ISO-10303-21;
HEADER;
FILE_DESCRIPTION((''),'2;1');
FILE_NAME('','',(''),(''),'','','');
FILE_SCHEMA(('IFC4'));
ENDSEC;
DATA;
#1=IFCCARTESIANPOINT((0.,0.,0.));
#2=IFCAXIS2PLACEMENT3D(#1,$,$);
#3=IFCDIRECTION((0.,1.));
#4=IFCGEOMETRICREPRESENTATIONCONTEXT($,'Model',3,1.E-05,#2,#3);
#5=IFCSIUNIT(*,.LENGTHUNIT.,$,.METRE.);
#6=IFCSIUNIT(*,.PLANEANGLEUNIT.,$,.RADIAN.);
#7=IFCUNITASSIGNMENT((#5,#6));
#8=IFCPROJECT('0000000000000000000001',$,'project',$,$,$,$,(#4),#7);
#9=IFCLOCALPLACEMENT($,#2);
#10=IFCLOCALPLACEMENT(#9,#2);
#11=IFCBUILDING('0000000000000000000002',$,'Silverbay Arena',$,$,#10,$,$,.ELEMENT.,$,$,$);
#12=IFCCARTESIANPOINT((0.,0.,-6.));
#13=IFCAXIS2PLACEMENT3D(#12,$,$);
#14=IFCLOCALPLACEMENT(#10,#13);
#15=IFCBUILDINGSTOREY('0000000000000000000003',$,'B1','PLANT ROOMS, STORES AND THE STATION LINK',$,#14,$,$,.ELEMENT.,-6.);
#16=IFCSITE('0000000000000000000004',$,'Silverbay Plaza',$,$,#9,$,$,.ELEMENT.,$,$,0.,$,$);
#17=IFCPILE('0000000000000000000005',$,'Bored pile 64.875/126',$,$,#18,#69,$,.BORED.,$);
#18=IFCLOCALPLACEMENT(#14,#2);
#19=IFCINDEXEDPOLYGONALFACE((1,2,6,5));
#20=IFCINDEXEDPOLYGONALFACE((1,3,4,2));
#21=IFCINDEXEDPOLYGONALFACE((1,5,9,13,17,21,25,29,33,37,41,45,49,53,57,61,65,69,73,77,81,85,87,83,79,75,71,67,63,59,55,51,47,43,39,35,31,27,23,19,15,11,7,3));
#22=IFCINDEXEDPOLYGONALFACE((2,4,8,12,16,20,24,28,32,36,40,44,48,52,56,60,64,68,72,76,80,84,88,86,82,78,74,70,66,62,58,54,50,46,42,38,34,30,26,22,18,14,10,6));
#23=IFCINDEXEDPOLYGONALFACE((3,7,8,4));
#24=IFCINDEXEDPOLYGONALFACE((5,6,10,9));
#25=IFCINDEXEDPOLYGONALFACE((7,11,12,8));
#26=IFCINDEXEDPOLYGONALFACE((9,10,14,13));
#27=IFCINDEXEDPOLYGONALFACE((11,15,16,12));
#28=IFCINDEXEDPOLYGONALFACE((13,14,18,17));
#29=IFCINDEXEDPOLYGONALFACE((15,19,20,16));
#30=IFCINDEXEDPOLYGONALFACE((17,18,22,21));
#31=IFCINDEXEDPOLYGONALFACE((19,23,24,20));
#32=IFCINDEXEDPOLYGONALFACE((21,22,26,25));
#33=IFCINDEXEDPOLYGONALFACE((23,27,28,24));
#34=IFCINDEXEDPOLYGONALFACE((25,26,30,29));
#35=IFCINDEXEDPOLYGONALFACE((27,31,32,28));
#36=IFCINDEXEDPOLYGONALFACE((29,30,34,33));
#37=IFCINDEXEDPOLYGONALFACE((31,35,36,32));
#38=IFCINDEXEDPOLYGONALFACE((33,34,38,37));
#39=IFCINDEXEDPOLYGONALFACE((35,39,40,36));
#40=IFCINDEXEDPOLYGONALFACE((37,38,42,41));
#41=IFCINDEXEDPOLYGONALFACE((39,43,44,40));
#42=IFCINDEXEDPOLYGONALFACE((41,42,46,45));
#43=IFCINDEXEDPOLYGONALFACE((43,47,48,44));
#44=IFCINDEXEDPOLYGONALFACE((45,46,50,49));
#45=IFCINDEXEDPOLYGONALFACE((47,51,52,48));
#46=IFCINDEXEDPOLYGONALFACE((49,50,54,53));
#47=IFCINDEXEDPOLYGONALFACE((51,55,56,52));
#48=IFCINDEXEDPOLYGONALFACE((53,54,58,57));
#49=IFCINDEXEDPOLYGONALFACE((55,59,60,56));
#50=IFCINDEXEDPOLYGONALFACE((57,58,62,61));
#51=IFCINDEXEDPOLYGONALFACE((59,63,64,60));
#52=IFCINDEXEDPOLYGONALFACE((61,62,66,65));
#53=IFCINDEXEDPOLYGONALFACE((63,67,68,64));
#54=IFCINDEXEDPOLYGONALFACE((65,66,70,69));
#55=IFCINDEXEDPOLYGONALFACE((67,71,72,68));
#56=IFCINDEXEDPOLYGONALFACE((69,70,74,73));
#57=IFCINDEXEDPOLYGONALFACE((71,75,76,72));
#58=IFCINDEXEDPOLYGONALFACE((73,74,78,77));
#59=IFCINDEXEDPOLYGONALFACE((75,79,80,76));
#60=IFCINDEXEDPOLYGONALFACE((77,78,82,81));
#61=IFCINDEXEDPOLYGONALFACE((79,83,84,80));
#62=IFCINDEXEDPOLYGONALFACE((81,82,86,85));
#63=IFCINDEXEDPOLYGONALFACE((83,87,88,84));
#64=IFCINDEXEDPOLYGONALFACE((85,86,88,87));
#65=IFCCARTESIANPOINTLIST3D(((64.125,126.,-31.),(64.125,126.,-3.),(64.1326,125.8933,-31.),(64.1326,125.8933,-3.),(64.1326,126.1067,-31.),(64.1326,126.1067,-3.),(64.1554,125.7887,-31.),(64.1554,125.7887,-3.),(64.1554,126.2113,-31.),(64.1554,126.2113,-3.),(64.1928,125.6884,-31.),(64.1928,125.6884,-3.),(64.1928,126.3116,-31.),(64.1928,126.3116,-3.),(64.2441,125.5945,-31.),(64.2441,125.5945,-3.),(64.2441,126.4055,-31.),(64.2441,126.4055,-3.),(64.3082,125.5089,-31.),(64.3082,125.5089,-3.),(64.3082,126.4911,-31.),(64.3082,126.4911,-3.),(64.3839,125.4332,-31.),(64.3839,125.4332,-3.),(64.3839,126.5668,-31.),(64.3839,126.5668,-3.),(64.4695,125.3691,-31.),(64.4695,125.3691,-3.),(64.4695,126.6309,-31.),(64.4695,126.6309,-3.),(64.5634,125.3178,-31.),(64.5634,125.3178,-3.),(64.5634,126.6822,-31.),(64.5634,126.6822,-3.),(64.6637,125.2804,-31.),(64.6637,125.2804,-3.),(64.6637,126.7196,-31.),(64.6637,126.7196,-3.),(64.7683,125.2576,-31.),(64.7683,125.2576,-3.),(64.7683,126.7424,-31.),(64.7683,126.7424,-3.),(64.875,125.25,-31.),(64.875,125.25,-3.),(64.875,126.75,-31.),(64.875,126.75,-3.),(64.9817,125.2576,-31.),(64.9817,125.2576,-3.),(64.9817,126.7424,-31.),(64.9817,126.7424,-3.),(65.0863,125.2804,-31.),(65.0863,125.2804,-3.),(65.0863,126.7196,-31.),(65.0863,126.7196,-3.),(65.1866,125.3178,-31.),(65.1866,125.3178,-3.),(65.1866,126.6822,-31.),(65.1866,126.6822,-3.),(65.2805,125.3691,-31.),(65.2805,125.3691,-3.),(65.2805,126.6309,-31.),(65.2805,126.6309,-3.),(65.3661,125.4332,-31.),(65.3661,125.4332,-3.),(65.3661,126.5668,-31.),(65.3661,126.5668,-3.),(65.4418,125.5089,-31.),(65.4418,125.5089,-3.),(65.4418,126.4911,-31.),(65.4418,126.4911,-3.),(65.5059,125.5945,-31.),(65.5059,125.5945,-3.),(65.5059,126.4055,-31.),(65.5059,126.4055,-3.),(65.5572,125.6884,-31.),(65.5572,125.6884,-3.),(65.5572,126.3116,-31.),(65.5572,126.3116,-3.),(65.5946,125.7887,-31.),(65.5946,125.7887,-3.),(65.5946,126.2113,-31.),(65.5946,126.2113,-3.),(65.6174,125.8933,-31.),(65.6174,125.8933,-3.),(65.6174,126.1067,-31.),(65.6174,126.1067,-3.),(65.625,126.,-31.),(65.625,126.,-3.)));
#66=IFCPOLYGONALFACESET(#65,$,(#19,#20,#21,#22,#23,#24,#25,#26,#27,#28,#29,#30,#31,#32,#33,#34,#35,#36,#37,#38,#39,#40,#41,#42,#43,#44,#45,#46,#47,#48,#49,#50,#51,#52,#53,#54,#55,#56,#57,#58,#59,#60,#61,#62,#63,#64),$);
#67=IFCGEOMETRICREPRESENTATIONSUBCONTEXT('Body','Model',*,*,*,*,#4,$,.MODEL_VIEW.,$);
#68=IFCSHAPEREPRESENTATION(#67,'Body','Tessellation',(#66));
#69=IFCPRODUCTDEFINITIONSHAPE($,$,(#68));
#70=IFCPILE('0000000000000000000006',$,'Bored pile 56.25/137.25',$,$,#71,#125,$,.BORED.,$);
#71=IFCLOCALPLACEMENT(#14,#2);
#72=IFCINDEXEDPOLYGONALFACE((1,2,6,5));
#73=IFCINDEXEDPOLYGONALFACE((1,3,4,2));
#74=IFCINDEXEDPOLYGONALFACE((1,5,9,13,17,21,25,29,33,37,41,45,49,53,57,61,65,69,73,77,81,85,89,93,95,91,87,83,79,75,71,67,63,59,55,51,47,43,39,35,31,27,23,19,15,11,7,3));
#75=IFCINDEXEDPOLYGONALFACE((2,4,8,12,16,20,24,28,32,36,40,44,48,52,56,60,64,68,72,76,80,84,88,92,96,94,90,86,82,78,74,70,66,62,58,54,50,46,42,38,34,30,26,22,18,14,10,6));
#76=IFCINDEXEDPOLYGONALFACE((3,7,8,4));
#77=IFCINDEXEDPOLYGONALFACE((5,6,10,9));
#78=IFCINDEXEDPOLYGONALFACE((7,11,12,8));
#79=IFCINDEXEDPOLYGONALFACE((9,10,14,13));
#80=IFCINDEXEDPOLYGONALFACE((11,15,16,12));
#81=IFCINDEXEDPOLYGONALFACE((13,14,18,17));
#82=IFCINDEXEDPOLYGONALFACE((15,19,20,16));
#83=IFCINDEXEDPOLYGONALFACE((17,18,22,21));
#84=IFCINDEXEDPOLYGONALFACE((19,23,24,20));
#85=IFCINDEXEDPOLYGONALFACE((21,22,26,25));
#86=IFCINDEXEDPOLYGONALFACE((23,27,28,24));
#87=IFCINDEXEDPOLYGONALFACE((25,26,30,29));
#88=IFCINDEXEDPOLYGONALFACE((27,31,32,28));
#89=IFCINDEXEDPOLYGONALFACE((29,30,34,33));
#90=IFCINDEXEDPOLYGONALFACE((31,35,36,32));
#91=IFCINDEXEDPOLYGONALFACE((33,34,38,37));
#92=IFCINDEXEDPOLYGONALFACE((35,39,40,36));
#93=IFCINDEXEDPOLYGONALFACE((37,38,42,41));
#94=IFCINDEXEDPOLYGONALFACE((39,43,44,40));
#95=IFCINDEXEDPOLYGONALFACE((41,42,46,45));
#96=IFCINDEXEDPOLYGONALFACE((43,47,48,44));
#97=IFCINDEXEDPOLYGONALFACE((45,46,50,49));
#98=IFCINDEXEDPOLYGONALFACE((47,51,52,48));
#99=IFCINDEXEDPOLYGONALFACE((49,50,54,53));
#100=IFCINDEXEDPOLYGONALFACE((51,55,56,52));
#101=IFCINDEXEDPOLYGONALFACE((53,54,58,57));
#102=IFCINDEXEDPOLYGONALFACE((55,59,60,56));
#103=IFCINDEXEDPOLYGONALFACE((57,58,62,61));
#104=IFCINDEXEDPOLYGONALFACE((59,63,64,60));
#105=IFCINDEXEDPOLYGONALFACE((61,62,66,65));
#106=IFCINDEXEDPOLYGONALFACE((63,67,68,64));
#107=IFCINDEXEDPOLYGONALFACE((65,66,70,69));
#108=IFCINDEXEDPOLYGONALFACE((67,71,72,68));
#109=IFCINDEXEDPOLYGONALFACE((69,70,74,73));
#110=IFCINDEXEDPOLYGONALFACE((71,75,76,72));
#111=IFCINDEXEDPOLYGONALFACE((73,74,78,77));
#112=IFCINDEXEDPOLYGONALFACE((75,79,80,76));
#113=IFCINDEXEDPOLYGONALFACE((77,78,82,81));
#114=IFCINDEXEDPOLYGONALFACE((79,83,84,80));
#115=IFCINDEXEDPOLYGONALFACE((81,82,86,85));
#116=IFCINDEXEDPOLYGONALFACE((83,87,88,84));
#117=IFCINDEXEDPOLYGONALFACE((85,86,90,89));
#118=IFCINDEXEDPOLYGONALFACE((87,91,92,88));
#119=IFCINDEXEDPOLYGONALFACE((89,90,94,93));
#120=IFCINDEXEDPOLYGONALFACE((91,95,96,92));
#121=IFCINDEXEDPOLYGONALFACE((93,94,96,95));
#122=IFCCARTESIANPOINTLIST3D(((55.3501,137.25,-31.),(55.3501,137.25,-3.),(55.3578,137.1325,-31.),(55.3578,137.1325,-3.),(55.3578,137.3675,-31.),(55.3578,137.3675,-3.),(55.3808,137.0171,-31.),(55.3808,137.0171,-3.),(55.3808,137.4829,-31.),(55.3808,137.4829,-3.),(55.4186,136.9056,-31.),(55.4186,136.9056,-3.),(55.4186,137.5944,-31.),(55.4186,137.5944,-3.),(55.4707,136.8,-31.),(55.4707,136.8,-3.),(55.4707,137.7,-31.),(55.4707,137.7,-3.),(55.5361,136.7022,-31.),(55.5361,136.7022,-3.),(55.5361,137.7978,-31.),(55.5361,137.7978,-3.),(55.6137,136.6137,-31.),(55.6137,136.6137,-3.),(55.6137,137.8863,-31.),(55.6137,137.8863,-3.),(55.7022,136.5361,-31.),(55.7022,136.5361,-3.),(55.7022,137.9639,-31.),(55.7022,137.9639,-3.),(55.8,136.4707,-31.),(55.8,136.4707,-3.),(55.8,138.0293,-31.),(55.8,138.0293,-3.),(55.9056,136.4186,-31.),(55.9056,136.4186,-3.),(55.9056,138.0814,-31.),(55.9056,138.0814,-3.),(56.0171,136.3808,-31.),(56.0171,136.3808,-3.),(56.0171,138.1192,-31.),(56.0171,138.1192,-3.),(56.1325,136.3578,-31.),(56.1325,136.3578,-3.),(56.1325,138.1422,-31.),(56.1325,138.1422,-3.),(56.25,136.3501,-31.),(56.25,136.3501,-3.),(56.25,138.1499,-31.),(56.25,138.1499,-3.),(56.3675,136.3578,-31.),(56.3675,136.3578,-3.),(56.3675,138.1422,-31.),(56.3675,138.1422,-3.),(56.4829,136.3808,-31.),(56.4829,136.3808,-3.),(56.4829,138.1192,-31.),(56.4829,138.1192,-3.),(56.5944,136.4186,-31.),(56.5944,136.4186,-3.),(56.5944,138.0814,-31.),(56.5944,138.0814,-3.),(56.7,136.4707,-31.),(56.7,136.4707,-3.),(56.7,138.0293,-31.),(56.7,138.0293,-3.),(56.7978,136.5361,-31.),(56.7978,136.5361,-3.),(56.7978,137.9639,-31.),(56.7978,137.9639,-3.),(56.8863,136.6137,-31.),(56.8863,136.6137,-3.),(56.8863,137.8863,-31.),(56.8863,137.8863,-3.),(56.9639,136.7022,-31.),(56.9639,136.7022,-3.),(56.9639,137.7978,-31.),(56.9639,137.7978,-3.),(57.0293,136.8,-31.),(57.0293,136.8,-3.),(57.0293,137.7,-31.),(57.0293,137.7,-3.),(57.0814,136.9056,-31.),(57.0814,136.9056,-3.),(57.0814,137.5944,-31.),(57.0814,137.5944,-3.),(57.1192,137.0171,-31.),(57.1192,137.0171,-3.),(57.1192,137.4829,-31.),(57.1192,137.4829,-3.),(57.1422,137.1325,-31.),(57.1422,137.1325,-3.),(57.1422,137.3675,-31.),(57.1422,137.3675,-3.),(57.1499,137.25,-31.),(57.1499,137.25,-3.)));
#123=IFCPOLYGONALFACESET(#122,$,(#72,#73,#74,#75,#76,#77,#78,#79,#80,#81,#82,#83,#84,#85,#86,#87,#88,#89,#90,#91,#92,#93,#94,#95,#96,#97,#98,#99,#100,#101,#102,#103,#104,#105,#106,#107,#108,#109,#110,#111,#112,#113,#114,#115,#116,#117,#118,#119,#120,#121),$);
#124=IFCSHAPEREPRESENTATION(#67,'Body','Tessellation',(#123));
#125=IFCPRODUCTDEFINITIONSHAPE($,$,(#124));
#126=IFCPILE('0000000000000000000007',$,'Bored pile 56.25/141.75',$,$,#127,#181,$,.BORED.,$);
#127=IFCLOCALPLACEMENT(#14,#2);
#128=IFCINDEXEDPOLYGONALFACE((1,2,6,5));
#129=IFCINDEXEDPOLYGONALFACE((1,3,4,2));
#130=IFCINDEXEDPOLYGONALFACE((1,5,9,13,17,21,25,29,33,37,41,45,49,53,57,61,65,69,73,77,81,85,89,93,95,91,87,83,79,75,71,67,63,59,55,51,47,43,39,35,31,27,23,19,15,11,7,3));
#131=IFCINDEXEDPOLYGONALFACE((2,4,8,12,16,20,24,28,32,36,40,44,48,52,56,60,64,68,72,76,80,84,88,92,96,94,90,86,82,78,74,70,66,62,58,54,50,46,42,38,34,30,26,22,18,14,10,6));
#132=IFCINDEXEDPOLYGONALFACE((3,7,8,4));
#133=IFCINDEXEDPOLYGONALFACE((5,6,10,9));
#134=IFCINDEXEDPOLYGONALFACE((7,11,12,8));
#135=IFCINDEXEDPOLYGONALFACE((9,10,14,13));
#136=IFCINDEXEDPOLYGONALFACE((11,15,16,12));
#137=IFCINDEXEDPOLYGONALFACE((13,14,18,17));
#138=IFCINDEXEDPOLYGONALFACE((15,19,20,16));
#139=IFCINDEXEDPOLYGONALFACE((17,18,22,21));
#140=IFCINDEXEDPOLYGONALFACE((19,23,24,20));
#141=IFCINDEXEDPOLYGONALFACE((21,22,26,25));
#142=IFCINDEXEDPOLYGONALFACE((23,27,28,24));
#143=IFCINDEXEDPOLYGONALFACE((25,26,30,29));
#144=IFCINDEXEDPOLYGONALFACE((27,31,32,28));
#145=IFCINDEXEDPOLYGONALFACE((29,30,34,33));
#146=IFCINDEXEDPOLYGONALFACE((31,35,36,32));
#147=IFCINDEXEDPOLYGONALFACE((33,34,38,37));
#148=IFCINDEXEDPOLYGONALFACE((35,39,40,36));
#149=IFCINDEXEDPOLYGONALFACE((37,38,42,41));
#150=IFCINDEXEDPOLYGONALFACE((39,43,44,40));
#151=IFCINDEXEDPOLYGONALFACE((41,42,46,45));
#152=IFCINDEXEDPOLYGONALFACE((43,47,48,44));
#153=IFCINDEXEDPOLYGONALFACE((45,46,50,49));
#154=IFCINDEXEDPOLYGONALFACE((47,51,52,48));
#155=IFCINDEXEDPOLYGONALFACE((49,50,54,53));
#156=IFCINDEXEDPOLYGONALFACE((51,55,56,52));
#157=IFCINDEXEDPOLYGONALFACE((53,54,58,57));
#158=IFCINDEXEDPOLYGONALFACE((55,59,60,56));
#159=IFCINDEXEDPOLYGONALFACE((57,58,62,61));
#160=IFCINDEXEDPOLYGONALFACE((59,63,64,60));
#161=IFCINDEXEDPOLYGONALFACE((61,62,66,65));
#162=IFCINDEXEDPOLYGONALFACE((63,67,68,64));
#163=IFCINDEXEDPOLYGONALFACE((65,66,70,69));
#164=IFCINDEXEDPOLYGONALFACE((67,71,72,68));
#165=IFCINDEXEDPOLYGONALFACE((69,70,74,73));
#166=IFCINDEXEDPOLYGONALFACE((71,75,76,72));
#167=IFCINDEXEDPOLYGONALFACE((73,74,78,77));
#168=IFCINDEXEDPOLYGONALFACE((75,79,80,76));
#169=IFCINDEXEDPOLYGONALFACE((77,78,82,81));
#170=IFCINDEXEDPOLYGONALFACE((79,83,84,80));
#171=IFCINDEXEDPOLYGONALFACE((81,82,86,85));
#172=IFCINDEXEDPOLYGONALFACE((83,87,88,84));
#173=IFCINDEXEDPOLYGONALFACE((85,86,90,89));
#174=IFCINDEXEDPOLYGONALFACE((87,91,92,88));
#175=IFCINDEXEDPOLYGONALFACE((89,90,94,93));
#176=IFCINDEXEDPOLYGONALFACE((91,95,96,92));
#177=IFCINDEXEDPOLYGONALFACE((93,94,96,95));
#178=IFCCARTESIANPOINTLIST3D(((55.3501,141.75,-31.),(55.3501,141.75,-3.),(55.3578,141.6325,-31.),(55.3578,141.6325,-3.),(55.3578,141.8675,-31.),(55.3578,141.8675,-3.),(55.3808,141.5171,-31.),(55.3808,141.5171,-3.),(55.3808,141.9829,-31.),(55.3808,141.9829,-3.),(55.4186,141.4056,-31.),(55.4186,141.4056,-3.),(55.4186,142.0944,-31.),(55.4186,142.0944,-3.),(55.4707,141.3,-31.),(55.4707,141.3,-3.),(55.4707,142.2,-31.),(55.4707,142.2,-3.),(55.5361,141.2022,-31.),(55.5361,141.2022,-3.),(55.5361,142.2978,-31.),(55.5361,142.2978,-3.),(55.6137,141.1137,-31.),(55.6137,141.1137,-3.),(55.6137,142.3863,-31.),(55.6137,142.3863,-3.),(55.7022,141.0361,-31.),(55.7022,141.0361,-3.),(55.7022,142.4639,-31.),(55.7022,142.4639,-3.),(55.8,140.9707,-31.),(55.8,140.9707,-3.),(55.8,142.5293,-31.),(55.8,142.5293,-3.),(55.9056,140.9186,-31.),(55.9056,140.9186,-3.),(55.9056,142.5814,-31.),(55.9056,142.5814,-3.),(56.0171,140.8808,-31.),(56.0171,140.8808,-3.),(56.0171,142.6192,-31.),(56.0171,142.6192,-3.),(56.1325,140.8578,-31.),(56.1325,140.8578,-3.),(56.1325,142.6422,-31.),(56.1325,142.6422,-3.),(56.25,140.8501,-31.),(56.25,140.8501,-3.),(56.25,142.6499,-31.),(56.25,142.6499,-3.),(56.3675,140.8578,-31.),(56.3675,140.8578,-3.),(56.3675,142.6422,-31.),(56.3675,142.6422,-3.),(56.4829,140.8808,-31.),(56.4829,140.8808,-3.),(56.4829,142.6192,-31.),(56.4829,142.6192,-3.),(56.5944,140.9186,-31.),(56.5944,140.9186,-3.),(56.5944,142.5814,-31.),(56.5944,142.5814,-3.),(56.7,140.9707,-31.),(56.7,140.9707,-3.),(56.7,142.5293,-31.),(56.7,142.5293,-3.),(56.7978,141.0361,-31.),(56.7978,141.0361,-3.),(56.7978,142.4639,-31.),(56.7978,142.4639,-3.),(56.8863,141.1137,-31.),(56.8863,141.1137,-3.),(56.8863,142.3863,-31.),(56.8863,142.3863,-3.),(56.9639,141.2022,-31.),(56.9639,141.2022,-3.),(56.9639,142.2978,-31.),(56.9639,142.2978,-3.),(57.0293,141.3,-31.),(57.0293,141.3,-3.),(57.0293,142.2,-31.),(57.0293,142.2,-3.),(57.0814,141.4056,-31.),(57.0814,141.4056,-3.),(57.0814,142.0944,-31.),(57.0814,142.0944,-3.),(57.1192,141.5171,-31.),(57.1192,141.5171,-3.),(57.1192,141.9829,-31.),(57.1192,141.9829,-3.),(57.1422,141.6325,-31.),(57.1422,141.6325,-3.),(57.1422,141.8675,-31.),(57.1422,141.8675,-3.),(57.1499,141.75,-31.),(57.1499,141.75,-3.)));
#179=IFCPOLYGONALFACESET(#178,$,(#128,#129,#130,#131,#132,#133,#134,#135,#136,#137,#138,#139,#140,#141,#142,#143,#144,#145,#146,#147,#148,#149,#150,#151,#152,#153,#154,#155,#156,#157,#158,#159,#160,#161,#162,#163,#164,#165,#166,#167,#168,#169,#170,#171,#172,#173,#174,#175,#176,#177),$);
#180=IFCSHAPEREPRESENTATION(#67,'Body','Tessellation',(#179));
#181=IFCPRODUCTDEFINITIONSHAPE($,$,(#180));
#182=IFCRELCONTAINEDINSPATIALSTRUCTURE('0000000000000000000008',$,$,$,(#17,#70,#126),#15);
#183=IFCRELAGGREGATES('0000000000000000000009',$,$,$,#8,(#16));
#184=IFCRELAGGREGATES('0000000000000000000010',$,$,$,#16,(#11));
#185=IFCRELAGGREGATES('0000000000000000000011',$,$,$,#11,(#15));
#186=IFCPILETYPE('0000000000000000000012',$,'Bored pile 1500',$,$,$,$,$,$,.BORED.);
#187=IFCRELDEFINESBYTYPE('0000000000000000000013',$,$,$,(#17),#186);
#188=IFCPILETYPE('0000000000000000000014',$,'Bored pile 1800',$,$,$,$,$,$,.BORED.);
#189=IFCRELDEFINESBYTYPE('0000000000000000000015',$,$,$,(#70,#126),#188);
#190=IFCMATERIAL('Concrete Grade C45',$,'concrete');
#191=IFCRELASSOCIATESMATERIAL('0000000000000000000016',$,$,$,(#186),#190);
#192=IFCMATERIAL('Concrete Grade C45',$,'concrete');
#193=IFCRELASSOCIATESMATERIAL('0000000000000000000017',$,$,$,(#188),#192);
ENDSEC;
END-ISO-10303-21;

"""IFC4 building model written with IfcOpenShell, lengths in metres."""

from ifc_helpers import new_model, si_unit, direction, frame, origin, origin_2d, place, context, subcontext, project, spatial, circle, extrude, material, material_profile, profile_set, type_object, element, save


model = new_model("IFC4")

# Units and contexts
model_context = context("Model", 3, precision=1e-05, world=origin(), true_north=direction((0.0, 1.0)))
body_context = subcontext(model_context, "Body", "Model", "MODEL_VIEW")
ifc_project = project(units=[si_unit("LENGTHUNIT", "METRE"), si_unit("PLANEANGLEUNIT", "RADIAN")], contexts=[model_context])

# Site, building, storey
site_placement = place(None, origin())
site = spatial("IfcSite", under=ifc_project, at=site_placement, Name="Silverbay Plaza", CompositionType="ELEMENT", RefElevation=0.0)
building_placement = place(site_placement, origin())
building = spatial("IfcBuilding", under=site, at=building_placement, Name="Silverbay Arena", CompositionType="ELEMENT")
storey_placement = place(building_placement, frame((0.0, 0.0, -6.0)))
storey = spatial("IfcBuildingStorey", under=building, at=storey_placement, Name="B1", Description="PLANT ROOMS, STORES AND THE STATION LINK", CompositionType="ELEMENT", Elevation=-6.0)

# Piles
ifc_material_1 = material(Name="Concrete Grade C45", Category="concrete")
ifc_material_profile_1 = material_profile(ifc_material_1, circle(Radius=0.75, at=origin_2d()), Name="Bored pile 1500")
ifc_profile_set_1 = profile_set([ifc_material_profile_1], Name="Concrete Grade C45")
pile_type_1 = type_object("IfcPileType", Name="Bored pile 1500", PredefinedType="BORED", material=ifc_profile_set_1)
for number, where, z_axis, x_axis, name in (
    (1, (64.875, 126.0, -3.0), (0.0, 0.0, -1.0), (1.0, 0.0, 0.0), "Bored pile 64.875/126"),
):
    element("IfcPile", number, at=place(storey_placement, frame(where, z_axis=z_axis, x_axis=x_axis)), inside=storey, type_object=pile_type_1, Name=name, PredefinedType="BORED", context=body_context, shape_type="SweptSolid", body=[
        extrude(circle(Radius=0.75, at=origin_2d()), origin(), (0.0, 0.0, 1.0), 28.0),
    ])
ifc_material_2 = material(Name="Concrete Grade C45", Category="concrete")
ifc_material_profile_2 = material_profile(ifc_material_2, circle(Radius=0.8999, at=origin_2d()), Name="Bored pile 1800")
ifc_profile_set_2 = profile_set([ifc_material_profile_2], Name="Concrete Grade C45")
pile_type_2 = type_object("IfcPileType", Name="Bored pile 1800", PredefinedType="BORED", material=ifc_profile_set_2)
for number, where, z_axis, x_axis, name in (
    (2, (56.25, 137.25, -3.0), (0.0, 0.0, -1.0), (1.0, 0.0, 0.0), "Bored pile 56.25/137.25"),
    (3, (56.25, 141.75, -3.0), (0.0, 0.0, -1.0), (1.0, 0.0, 0.0), "Bored pile 56.25/141.75"),
):
    element("IfcPile", number, at=place(storey_placement, frame(where, z_axis=z_axis, x_axis=x_axis)), inside=storey, type_object=pile_type_2, Name=name, PredefinedType="BORED", context=body_context, shape_type="SweptSolid", body=[
        extrude(circle(Radius=0.8999, at=origin_2d()), origin(), (0.0, 0.0, 1.0), 28.0),
    ])

save(model, "model.ifc")
